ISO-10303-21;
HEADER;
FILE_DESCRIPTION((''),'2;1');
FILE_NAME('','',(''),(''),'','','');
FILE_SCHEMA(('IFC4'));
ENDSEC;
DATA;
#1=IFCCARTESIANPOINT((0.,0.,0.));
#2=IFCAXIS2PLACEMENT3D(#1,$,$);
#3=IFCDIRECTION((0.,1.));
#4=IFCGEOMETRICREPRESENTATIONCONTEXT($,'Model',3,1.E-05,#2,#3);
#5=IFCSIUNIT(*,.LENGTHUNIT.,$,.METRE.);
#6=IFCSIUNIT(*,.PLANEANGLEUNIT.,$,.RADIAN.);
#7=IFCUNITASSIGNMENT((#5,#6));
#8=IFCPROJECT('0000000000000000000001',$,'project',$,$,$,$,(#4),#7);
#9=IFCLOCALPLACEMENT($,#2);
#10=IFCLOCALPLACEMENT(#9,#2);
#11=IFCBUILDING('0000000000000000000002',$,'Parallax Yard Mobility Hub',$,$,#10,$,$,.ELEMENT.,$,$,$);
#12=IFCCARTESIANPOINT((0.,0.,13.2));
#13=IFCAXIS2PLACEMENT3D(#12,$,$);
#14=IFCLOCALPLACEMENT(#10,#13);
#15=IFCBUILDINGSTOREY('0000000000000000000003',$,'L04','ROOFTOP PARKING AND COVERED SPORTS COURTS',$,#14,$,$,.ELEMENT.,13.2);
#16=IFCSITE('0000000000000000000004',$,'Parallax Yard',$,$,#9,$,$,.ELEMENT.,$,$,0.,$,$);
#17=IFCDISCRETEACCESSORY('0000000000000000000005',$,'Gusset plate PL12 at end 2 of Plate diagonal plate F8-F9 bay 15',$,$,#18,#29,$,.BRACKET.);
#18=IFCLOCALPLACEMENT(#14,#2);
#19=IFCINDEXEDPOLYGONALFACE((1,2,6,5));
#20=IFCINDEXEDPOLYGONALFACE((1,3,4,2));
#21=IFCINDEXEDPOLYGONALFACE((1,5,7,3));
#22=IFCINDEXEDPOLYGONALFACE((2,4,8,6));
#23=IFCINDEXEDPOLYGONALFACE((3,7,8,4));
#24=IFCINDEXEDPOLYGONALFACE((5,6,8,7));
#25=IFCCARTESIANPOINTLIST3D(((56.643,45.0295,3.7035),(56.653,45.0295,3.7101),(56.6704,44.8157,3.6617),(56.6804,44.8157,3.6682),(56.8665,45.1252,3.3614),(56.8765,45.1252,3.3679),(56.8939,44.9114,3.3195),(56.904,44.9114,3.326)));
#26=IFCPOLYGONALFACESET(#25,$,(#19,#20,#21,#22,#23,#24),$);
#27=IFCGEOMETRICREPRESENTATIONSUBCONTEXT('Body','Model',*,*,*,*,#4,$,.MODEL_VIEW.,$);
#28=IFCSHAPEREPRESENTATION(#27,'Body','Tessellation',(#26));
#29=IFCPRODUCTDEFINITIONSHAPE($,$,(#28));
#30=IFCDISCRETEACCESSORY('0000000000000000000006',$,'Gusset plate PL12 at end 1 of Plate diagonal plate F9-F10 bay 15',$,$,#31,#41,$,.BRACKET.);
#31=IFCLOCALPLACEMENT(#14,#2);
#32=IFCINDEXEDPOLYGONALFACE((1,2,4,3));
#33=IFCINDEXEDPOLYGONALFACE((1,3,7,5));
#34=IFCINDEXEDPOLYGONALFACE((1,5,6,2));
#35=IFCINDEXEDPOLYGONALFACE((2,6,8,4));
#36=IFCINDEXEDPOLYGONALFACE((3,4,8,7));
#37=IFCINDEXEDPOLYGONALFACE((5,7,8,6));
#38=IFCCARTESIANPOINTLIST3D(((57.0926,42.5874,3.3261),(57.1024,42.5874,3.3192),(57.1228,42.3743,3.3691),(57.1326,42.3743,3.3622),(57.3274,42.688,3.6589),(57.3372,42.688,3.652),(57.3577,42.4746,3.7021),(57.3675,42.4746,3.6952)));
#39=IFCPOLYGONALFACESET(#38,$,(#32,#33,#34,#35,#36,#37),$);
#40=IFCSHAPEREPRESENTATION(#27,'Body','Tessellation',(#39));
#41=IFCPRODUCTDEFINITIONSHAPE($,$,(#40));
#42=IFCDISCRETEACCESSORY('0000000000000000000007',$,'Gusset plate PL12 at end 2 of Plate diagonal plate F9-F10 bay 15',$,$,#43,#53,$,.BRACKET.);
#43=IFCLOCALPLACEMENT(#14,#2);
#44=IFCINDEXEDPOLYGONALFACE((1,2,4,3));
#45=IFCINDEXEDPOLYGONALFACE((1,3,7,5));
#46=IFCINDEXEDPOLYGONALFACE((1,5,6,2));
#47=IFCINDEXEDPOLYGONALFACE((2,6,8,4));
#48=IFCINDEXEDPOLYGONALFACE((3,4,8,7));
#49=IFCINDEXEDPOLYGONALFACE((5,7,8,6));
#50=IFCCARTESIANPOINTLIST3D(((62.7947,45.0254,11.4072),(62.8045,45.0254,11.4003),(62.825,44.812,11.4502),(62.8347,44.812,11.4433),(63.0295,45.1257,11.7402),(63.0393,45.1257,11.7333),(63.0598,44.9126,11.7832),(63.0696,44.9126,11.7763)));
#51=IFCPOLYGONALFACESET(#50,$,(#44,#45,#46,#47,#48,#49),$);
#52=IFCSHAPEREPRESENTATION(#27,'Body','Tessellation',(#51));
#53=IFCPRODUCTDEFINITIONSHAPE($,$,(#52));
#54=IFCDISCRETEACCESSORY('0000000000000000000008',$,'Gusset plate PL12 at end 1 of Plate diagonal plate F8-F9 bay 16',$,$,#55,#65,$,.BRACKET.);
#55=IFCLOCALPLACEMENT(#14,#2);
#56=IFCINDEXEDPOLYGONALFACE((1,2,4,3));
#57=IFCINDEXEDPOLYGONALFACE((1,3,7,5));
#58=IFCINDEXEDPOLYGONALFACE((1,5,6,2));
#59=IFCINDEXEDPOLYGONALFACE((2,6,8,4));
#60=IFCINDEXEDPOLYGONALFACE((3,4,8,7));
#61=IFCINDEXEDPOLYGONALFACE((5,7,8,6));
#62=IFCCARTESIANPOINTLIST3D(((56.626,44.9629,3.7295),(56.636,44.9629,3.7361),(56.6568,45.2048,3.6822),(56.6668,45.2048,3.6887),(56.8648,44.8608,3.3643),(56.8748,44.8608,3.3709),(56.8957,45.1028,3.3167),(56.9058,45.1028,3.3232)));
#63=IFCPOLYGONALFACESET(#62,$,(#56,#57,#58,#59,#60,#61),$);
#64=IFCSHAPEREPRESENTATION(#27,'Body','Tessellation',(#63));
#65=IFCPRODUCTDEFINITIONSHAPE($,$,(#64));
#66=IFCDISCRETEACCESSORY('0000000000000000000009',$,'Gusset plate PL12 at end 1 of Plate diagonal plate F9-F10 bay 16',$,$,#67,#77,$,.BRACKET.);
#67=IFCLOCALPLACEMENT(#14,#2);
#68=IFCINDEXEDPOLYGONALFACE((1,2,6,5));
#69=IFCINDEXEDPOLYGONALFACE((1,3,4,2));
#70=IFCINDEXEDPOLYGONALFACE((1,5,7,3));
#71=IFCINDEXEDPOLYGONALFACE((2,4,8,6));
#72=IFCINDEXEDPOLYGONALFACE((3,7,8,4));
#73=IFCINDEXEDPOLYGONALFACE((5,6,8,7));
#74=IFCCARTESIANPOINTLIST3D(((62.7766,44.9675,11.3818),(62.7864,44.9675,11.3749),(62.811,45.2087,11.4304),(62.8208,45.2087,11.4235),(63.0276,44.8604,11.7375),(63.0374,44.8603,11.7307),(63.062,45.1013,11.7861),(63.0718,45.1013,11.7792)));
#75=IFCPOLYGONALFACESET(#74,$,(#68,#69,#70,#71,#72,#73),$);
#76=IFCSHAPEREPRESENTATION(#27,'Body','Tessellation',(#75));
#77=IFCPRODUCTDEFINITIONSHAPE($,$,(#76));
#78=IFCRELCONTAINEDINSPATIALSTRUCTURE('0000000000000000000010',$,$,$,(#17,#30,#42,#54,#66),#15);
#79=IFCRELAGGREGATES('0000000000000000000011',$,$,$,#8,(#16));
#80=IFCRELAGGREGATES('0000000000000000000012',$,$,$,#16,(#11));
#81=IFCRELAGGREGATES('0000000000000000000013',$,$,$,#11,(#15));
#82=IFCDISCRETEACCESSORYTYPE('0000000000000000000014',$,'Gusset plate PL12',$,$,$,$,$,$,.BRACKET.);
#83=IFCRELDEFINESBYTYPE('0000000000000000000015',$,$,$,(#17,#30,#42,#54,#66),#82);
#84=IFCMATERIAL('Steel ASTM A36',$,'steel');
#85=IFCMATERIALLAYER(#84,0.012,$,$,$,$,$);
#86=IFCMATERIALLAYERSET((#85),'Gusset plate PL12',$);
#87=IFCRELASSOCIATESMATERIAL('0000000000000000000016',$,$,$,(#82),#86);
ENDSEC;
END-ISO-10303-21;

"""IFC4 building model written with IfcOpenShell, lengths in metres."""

from ifc_helpers import new_model, si_unit, direction, frame, origin, place, context, subcontext, project, spatial, polyline, outline, extrude, material, layer, layer_set, type_object, element, save


model = new_model("IFC4")

# Units and contexts
model_context = context("Model", 3, precision=1e-05, world=origin(), true_north=direction((0.0, 1.0)))
body_context = subcontext(model_context, "Body", "Model", "MODEL_VIEW")
ifc_project = project(units=[si_unit("LENGTHUNIT", "METRE"), si_unit("PLANEANGLEUNIT", "RADIAN")], contexts=[model_context])

# Site, building, storey
site_placement = place(None, origin())
site = spatial("IfcSite", under=ifc_project, at=site_placement, Name="Parallax Yard", CompositionType="ELEMENT", RefElevation=0.0)
building_placement = place(site_placement, origin())
building = spatial("IfcBuilding", under=site, at=building_placement, Name="Parallax Yard Mobility Hub", CompositionType="ELEMENT")
storey_placement = place(building_placement, frame((0.0, 0.0, 13.2)))
storey = spatial("IfcBuildingStorey", under=building, at=storey_placement, Name="L04", Description="ROOFTOP PARKING AND COVERED SPORTS COURTS", CompositionType="ELEMENT", Elevation=13.2)

# Discrete accessories
ifc_material_1 = material(Name="Steel ASTM A36", Category="steel")
ifc_layer = layer(ifc_material_1, 0.012)
ifc_layer_set = layer_set([ifc_layer], Name="Gusset plate PL12")
discrete_accessory_type = type_object("IfcDiscreteAccessoryType", Name="Gusset plate PL12", PredefinedType="BRACKET", material=ifc_layer_set)
discrete_accessory_1_placement = place(storey_placement, frame((56.6804, 44.8157, 3.6682), z_axis=(0.837152, 0.000427, 0.546971), x_axis=(0.532485, 0.227981, -0.815159)))
element("IfcDiscreteAccessory", 1, at=discrete_accessory_1_placement, inside=storey, type_object=discrete_accessory_type, Name="Gusset plate PL12 at end 2 of Plate diagonal plate F8-F9 bay 15", PredefinedType="BRACKET", context=body_context, shape_type="SweptSolid", body=[
    extrude(outline(polyline([(0.0, 0.0), (0.4198, 0.0), (0.4198, 0.2197), (0.0, 0.2196), (0.0, 0.0)])), origin(), (0.0, 0.0, -1.0), 0.012),
])
discrete_accessory_2_placement = place(storey_placement, frame((57.3274, 42.688, 3.6589), z_axis=(-0.817167, 0.000465, 0.576401), x_axis=(-0.559681, -0.239756, -0.793268)))
element("IfcDiscreteAccessory", 2, at=discrete_accessory_2_placement, inside=storey, type_object=discrete_accessory_type, Name="Gusset plate PL12 at end 1 of Plate diagonal plate F9-F10 bay 15", PredefinedType="BRACKET", context=body_context, shape_type="SweptSolid", body=[
    extrude(outline(polyline([(0.0, 0.0), (0.4195, 0.0), (0.4196, 0.2195), (-0.0001, 0.2198), (0.0, 0.0)])), origin(), (0.0, 0.0, -1.0), 0.012),
])
discrete_accessory_3_placement = place(storey_placement, frame((62.825, 44.812, 11.4502), z_axis=(-0.817216, 0.000114, 0.576331), x_axis=(0.559559, 0.239645, 0.793388)))
element("IfcDiscreteAccessory", 3, at=discrete_accessory_3_placement, inside=storey, type_object=discrete_accessory_type, Name="Gusset plate PL12 at end 2 of Plate diagonal plate F9-F10 bay 15", PredefinedType="BRACKET", context=body_context, shape_type="SweptSolid", body=[
    extrude(outline(polyline([(0.0, 0.0), (0.4197, 0.0), (0.4198, 0.2195), (0.0001, 0.2198), (0.0, 0.0)])), origin(), (0.0, 0.0, -1.0), 0.012),
])
discrete_accessory_4_placement = place(storey_placement, frame((56.636, 44.9629, 3.7361), z_axis=(0.837034, 0.000541, 0.547151), x_axis=(0.532878, -0.227725, -0.814974)))
element("IfcDiscreteAccessory", 4, at=discrete_accessory_4_placement, inside=storey, type_object=discrete_accessory_type, Name="Gusset plate PL12 at end 1 of Plate diagonal plate F8-F9 bay 16", PredefinedType="BRACKET", context=body_context, shape_type="SweptSolid", body=[
    extrude(outline(polyline([(0.0, 0.0), (0.4481, 0.0), (0.4484, 0.2485), (-0.0001, 0.2484), (0.0, 0.0)])), origin(), (0.0, 0.0, -1.0), 0.012),
])
discrete_accessory_5_placement = place(storey_placement, frame((62.7766, 44.9675, 11.3818), z_axis=(-0.817026, 0.000463, 0.5766), x_axis=(0.559792, -0.239055, 0.793401)))
element("IfcDiscreteAccessory", 5, at=discrete_accessory_5_placement, inside=storey, type_object=discrete_accessory_type, Name="Gusset plate PL12 at end 1 of Plate diagonal plate F9-F10 bay 16", PredefinedType="BRACKET", context=body_context, shape_type="SweptSolid", body=[
    extrude(outline(polyline([(0.0, 0.0), (0.4483, 0.0), (0.4486, 0.2482), (0.0002, 0.2485), (0.0, 0.0)])), origin(), (0.0, 0.0, -1.0), 0.012),
])

save(model, "model.ifc")
